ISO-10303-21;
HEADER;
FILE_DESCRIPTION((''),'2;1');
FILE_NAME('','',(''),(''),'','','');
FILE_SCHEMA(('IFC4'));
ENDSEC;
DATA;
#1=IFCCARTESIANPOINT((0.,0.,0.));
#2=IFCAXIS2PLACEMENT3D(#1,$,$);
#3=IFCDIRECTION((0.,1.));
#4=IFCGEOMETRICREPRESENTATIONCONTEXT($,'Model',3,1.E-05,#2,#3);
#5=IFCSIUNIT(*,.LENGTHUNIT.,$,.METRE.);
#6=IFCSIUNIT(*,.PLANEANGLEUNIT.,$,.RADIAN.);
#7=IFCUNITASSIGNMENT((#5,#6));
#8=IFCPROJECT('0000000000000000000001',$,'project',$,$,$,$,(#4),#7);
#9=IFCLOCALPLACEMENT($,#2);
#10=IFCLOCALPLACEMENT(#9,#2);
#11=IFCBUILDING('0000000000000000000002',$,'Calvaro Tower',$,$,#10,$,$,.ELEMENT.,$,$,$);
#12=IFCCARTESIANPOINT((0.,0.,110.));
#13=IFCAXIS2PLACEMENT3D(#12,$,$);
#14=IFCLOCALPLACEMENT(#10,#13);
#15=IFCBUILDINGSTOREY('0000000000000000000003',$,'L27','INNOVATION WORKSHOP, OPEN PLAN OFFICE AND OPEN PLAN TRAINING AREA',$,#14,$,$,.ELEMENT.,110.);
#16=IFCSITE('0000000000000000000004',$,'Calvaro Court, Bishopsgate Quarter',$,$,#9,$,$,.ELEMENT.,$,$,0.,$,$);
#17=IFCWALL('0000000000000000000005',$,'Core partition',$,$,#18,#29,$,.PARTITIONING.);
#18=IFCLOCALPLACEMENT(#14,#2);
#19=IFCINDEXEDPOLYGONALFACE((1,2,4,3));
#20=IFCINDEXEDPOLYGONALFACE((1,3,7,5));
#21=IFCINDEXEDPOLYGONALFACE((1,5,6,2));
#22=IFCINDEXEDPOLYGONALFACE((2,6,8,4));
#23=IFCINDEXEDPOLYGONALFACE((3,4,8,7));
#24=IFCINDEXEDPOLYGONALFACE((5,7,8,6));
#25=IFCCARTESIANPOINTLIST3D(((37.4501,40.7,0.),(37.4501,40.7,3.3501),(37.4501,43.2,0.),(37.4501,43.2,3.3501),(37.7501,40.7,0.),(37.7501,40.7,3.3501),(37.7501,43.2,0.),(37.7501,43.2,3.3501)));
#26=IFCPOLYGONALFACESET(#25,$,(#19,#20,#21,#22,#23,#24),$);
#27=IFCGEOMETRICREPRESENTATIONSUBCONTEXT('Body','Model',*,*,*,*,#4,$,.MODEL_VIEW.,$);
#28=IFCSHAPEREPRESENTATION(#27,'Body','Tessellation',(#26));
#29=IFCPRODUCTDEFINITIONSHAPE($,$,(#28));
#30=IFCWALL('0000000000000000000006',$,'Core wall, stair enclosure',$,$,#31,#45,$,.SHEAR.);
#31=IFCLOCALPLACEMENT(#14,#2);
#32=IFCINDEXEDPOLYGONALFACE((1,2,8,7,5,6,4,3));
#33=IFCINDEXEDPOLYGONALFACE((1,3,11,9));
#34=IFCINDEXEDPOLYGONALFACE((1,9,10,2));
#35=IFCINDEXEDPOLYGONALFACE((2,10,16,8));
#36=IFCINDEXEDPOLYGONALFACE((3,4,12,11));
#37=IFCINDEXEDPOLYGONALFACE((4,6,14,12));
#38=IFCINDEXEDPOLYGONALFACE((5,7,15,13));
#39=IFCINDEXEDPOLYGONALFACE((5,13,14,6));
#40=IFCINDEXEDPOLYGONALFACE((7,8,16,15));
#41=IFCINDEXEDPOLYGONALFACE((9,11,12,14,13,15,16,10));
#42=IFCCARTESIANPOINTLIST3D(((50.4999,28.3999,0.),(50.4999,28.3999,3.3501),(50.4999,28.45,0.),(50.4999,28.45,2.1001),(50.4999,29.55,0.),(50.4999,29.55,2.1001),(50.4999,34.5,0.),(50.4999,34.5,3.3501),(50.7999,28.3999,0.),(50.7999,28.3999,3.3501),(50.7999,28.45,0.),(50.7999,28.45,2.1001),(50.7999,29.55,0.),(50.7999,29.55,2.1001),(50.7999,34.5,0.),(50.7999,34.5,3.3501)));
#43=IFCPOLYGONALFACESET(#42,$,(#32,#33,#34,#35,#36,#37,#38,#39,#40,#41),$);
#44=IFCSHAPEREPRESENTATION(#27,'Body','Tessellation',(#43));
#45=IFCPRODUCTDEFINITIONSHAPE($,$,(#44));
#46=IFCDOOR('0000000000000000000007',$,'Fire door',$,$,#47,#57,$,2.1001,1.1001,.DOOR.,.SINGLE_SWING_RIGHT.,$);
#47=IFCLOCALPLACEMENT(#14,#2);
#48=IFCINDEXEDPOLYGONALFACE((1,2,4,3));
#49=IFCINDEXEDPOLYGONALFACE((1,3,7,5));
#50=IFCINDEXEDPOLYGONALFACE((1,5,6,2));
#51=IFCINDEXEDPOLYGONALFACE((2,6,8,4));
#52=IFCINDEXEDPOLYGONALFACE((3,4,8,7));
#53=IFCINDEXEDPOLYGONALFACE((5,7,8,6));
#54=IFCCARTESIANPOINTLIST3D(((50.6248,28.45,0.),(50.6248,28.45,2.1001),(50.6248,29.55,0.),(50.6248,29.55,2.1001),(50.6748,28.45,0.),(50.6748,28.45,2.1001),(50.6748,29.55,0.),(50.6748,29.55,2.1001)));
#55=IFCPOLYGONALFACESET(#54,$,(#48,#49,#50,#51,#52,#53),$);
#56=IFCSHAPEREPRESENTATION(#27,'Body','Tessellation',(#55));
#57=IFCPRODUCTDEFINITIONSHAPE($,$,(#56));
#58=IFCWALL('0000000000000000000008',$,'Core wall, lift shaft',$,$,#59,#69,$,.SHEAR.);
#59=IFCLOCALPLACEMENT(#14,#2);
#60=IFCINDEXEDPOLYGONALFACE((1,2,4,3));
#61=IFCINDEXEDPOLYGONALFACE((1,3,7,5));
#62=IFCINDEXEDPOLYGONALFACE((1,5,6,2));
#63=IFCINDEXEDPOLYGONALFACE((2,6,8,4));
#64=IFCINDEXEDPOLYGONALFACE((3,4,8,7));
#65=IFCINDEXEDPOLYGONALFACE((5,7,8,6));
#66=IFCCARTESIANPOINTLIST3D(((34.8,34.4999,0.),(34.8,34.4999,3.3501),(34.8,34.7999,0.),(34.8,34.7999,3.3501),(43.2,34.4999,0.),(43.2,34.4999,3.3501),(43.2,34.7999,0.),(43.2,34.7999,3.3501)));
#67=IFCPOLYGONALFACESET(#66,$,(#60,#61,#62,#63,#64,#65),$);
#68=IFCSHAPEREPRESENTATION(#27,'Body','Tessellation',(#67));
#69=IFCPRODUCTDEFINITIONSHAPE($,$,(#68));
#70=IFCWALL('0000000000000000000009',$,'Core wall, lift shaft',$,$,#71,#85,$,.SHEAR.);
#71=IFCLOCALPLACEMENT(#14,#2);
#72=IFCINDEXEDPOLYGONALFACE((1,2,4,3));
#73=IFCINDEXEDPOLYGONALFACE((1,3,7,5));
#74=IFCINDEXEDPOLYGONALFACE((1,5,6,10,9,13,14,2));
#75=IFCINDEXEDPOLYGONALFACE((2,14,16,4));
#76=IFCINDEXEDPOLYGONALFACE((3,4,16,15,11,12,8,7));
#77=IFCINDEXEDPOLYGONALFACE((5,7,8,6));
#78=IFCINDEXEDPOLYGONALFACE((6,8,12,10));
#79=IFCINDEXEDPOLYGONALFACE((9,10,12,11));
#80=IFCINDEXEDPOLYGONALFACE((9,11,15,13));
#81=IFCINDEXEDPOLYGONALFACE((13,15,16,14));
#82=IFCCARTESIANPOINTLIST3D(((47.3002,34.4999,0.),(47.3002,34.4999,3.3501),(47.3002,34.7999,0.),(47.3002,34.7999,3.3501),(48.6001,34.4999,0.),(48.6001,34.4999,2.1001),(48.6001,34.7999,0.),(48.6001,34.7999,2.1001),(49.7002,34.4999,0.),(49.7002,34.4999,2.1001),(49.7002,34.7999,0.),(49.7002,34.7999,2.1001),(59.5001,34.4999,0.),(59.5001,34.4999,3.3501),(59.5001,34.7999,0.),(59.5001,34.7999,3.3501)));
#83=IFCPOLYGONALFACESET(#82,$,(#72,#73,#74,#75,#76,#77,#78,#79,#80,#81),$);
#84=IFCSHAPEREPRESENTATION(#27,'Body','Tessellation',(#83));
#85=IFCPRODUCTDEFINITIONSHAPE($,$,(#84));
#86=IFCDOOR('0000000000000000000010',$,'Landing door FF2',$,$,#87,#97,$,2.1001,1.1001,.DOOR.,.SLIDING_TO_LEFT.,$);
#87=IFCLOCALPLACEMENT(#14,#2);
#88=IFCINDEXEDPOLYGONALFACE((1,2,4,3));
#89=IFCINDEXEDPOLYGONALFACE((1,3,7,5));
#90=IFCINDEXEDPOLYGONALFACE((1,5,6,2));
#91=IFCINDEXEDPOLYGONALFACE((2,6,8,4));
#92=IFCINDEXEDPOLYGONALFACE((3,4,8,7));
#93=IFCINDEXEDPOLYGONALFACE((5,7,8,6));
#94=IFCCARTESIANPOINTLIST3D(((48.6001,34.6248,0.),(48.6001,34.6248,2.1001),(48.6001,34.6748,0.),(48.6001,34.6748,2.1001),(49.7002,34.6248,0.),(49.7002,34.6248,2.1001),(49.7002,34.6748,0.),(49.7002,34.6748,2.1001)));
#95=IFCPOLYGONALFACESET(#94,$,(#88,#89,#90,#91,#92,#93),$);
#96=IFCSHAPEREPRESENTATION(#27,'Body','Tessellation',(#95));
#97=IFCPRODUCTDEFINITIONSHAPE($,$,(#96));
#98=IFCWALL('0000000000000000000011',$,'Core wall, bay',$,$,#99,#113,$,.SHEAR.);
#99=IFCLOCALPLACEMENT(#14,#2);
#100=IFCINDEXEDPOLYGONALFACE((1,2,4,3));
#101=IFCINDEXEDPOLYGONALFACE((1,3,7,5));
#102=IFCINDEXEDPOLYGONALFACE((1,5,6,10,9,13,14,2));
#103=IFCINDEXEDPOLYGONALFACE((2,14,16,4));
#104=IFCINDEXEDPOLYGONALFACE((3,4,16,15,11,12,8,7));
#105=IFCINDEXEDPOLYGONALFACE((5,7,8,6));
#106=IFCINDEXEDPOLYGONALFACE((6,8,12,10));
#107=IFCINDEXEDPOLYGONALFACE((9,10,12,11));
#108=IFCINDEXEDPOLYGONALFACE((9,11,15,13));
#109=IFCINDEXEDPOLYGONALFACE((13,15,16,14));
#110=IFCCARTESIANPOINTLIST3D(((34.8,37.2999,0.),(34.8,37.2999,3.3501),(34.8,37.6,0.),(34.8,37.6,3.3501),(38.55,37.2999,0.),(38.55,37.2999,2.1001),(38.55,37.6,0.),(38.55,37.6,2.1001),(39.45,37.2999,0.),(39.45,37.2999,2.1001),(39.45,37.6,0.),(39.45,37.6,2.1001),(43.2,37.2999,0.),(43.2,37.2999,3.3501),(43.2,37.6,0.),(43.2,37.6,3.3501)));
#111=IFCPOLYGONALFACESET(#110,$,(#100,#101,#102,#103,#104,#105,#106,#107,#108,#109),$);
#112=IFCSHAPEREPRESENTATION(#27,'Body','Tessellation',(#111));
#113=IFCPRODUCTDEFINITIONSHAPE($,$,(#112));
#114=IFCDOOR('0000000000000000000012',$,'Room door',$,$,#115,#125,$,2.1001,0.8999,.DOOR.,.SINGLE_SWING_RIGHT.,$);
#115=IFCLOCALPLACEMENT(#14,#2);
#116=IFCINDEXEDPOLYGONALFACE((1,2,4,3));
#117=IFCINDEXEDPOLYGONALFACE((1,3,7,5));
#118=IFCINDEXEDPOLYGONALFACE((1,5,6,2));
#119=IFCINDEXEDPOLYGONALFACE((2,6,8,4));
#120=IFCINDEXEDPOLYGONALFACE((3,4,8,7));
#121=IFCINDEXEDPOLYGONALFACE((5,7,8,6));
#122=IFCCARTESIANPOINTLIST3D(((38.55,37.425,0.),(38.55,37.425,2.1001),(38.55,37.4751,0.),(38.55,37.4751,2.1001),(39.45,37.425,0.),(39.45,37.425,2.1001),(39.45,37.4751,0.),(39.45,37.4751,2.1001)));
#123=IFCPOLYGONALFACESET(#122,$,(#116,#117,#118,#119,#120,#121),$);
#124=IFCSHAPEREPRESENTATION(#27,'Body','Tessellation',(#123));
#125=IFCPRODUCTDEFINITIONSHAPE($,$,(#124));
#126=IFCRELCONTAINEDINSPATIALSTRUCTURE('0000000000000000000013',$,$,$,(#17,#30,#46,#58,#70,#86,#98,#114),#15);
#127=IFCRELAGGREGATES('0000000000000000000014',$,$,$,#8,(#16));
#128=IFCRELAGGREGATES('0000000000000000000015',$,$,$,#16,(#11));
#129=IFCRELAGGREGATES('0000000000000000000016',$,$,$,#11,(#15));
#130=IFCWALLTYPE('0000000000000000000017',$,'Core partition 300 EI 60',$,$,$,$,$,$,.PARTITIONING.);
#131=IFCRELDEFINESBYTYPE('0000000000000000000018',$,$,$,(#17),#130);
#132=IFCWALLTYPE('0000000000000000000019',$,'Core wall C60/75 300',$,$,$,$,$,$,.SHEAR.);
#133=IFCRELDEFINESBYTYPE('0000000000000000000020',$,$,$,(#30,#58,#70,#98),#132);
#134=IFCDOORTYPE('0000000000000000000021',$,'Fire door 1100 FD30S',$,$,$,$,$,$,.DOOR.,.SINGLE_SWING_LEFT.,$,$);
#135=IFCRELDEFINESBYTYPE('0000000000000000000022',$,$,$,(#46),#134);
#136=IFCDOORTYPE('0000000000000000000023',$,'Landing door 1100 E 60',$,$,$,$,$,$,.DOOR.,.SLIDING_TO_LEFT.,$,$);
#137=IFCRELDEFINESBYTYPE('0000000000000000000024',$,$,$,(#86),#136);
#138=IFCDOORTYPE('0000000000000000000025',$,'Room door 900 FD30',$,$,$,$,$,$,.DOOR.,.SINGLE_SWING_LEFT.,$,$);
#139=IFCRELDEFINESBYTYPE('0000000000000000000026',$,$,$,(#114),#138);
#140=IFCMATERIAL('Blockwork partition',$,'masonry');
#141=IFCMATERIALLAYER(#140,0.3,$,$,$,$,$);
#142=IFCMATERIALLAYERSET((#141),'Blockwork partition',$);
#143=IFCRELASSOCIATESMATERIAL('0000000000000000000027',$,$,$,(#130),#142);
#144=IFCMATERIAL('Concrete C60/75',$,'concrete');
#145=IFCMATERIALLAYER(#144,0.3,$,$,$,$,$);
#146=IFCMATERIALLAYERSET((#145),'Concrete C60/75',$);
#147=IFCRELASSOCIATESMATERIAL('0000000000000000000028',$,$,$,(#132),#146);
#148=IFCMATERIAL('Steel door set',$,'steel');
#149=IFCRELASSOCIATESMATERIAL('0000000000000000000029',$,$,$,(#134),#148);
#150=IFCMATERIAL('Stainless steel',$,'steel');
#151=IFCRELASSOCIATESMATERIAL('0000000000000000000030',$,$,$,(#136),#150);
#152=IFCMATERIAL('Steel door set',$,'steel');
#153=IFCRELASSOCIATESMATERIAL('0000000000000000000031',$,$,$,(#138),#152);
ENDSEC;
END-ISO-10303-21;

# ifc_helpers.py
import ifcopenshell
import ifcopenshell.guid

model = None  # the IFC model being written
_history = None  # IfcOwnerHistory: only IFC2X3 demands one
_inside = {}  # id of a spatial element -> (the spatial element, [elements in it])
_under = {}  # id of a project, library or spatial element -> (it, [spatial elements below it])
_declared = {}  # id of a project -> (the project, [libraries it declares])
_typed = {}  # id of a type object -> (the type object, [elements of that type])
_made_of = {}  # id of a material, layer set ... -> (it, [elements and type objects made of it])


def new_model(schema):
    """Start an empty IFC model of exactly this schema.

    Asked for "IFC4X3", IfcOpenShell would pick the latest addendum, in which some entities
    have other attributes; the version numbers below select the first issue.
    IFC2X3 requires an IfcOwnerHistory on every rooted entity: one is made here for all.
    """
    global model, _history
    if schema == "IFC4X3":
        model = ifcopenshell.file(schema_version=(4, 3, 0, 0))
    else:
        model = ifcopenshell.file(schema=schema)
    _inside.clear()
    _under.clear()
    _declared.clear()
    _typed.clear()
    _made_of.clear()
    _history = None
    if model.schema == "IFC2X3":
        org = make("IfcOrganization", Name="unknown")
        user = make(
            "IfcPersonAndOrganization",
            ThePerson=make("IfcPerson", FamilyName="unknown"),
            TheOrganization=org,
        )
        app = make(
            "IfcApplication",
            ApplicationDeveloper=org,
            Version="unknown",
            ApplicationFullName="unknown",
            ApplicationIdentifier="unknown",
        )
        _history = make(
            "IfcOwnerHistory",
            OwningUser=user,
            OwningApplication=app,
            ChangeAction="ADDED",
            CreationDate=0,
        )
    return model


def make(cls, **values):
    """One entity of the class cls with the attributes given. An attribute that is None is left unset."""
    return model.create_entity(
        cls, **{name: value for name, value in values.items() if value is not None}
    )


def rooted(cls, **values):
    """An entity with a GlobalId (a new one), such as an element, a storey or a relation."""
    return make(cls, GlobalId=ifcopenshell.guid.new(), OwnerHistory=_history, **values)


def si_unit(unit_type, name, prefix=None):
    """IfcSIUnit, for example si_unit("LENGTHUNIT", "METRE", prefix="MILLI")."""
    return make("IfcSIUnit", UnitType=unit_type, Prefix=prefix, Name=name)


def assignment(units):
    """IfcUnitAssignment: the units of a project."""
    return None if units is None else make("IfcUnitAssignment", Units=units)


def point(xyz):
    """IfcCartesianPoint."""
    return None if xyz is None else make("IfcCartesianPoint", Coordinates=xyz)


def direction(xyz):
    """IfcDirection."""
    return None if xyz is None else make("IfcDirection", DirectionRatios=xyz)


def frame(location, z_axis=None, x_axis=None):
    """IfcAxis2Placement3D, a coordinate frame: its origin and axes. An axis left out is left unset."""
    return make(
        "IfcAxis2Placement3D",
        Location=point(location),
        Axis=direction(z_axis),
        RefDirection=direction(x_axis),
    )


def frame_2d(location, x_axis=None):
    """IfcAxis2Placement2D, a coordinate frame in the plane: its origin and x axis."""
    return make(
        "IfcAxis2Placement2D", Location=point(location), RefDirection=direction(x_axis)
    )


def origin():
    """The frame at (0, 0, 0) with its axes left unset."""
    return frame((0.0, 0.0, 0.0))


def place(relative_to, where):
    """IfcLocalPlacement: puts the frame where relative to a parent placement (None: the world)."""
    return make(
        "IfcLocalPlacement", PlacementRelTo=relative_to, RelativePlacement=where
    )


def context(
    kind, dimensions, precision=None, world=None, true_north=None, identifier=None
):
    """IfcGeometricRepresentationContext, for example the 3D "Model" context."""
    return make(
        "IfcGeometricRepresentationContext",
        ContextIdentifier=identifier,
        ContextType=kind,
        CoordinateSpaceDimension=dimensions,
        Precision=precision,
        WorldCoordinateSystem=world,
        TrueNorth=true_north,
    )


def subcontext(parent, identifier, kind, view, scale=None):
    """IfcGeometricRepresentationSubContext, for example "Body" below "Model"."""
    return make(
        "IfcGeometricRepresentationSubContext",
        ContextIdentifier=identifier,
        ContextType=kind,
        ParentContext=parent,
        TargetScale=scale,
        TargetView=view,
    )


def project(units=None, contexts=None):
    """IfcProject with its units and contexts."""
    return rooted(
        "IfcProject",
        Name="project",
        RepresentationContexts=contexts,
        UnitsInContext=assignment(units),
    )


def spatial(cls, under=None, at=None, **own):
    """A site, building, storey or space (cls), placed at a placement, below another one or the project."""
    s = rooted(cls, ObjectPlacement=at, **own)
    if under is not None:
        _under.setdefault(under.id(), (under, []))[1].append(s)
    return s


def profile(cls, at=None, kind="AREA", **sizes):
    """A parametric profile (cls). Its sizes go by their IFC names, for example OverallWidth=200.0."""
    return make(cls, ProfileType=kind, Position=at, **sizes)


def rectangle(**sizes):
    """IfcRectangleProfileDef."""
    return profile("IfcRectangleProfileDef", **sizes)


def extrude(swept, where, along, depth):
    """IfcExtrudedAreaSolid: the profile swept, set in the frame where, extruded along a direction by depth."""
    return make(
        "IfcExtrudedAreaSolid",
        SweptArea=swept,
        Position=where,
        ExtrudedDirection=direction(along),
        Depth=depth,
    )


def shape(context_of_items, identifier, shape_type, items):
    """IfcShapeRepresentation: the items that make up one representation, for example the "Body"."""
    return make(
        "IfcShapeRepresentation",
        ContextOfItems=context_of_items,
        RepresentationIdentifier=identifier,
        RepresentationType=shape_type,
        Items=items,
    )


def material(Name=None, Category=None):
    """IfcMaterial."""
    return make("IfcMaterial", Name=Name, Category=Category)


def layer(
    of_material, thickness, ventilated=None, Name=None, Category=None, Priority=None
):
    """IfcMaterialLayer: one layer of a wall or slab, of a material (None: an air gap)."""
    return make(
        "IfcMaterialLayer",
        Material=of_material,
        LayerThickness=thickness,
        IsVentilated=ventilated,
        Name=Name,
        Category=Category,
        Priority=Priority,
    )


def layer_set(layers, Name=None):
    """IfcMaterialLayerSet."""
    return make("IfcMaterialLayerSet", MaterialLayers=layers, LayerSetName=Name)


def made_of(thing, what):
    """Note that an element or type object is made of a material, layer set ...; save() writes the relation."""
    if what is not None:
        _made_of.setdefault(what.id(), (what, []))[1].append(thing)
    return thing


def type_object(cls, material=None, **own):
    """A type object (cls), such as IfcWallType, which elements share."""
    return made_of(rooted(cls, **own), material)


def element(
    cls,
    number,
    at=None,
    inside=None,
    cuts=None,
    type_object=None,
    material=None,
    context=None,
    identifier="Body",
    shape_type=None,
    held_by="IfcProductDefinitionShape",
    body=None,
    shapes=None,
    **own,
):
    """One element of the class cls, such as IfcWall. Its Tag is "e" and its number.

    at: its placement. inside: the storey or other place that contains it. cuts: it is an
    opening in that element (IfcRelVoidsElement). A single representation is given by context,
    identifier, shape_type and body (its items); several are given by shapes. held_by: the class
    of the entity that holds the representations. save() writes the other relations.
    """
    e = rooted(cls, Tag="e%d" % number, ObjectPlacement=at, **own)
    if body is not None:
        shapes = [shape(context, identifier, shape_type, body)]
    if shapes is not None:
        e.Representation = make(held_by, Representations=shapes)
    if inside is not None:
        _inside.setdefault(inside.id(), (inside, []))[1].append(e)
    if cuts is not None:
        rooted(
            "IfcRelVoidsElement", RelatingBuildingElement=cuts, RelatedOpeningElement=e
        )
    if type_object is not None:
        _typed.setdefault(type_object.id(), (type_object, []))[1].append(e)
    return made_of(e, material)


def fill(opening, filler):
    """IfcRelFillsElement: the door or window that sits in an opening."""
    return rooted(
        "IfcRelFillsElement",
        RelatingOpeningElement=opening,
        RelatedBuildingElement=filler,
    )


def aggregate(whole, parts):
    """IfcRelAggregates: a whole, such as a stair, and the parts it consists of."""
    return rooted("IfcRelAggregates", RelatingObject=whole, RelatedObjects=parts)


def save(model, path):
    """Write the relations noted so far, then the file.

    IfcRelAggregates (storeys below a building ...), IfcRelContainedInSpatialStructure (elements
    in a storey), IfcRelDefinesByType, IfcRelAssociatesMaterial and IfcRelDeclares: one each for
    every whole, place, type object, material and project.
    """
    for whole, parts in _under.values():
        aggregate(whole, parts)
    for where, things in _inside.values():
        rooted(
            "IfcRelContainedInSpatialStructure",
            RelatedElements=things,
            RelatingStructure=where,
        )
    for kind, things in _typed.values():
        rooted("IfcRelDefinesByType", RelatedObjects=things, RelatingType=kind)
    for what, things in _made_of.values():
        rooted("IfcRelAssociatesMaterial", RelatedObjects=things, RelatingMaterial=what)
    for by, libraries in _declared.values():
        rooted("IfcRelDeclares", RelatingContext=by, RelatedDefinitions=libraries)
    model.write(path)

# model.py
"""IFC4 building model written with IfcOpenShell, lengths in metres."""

from ifc_helpers import new_model, si_unit, direction, frame, frame_2d, origin, place, context, subcontext, project, spatial, rectangle, extrude, material, layer, layer_set, type_object, element, fill, save


model = new_model("IFC4")

# Units and contexts
model_context = context("Model", 3, precision=1e-05, world=origin(), true_north=direction((0.0, 1.0)))
body_context = subcontext(model_context, "Body", "Model", "MODEL_VIEW")
ifc_project = project(units=[si_unit("LENGTHUNIT", "METRE"), si_unit("PLANEANGLEUNIT", "RADIAN")], contexts=[model_context])

# Site, building, storey
site_placement = place(None, origin())
site = spatial("IfcSite", under=ifc_project, at=site_placement, Name="Calvaro Court, Bishopsgate Quarter", CompositionType="ELEMENT", RefElevation=0.0)
building_placement = place(site_placement, origin())
building = spatial("IfcBuilding", under=site, at=building_placement, Name="Calvaro Tower", CompositionType="ELEMENT")
storey_placement = place(building_placement, frame((0.0, 0.0, 110.0)))
storey = spatial("IfcBuildingStorey", under=building, at=storey_placement, Name="L27", Description="INNOVATION WORKSHOP, OPEN PLAN OFFICE AND OPEN PLAN TRAINING AREA", CompositionType="ELEMENT", Elevation=110.0)

# Wall
ifc_material_1 = material(Name="Blockwork partition", Category="masonry")
ifc_layer_1 = layer(ifc_material_1, 0.3)
ifc_layer_set_1 = layer_set([ifc_layer_1], Name="Blockwork partition")
wall_type_1 = type_object("IfcWallType", Name="Core partition 300 EI 60", PredefinedType="PARTITIONING", material=ifc_layer_set_1)
wall_1_placement = place(storey_placement, frame((37.6001, 40.7, 0.0), z_axis=(0.0, 0.0, 1.0), x_axis=(0.0, 1.0, 0.0)))
element("IfcWall", 1, at=wall_1_placement, inside=storey, type_object=wall_type_1, Name="Core partition", PredefinedType="PARTITIONING", context=body_context, shape_type="SweptSolid", body=[
    extrude(rectangle(XDim=2.5, YDim=0.3, at=frame_2d((1.25, 0.0))), origin(), (0.0, 0.0, 1.0), 3.3501),
])

# Wall, opening, door
ifc_material_2 = material(Name="Concrete C60/75", Category="concrete")
ifc_layer_2 = layer(ifc_material_2, 0.3)
ifc_layer_set_2 = layer_set([ifc_layer_2], Name="Concrete C60/75")
wall_type_2 = type_object("IfcWallType", Name="Core wall C60/75 300", PredefinedType="SHEAR", material=ifc_layer_set_2)
wall_2_placement = place(storey_placement, frame((50.6499, 34.5, 0.0), z_axis=(0.0, 0.0, 1.0), x_axis=(0.0, -1.0, 0.0)))
wall_2 = element("IfcWall", 2, at=wall_2_placement, inside=storey, type_object=wall_type_2, Name="Core wall, stair enclosure", PredefinedType="SHEAR", context=body_context, shape_type="SweptSolid", body=[
    extrude(rectangle(XDim=6.1001, YDim=0.3, at=frame_2d((3.05, 0.0))), origin(), (0.0, 0.0, 1.0), 3.3501),
])
opening_1_placement = place(wall_2_placement, frame((4.95, 0.0, 0.0)))
opening_1 = element("IfcOpeningElement", 3, at=opening_1_placement, cuts=wall_2, PredefinedType="OPENING", context=body_context, shape_type="SweptSolid", body=[
    extrude(rectangle(XDim=1.1001, YDim=2.1001, at=frame_2d((0.55, 1.05))), frame((0.0, 0.1599, 0.0), z_axis=(0.0, -1.0, 0.0), x_axis=(1.0, 0.0, 0.0)), (0.0, 0.0, 1.0), 0.3201),
])
ifc_material_3 = material(Name="Steel door set", Category="steel")
door_type_1 = type_object("IfcDoorType", Name="Fire door 1100 FD30S", OperationType="SINGLE_SWING_LEFT", PredefinedType="DOOR", material=ifc_material_3)
door_1_placement = place(opening_1_placement, origin())
door_1 = element("IfcDoor", 4, at=door_1_placement, inside=storey, type_object=door_type_1, Name="Fire door", OperationType="SINGLE_SWING_RIGHT", OverallHeight=2.1001, OverallWidth=1.1001, PredefinedType="DOOR", context=body_context, shape_type="SweptSolid", body=[
    extrude(rectangle(XDim=1.1001, YDim=2.1001, at=frame_2d((0.55, 1.05))), frame((0.0, 0.0249, 0.0), z_axis=(0.0, -1.0, 0.0), x_axis=(1.0, 0.0, 0.0)), (0.0, 0.0, 1.0), 0.05),
])
fill(opening_1, door_1)

# Wall
wall_3_placement = place(storey_placement, frame((34.8, 34.6499, 0.0), z_axis=(0.0, 0.0, 1.0), x_axis=(1.0, 0.0, 0.0)))
element("IfcWall", 5, at=wall_3_placement, inside=storey, type_object=wall_type_2, Name="Core wall, lift shaft", PredefinedType="SHEAR", context=body_context, shape_type="SweptSolid", body=[
    extrude(rectangle(XDim=8.3999, YDim=0.3, at=frame_2d((4.2, 0.0))), origin(), (0.0, 0.0, 1.0), 3.3501),
])

# Walls, openings, doors
wall_4_placement = place(storey_placement, frame((47.3, 34.6499, 0.0), z_axis=(0.0, 0.0, 1.0), x_axis=(1.0, 0.0, 0.0)))
wall_4 = element("IfcWall", 6, at=wall_4_placement, inside=storey, type_object=wall_type_2, Name="Core wall, lift shaft", PredefinedType="SHEAR", context=body_context, shape_type="SweptSolid", body=[
    extrude(rectangle(XDim=12.2, YDim=0.3, at=frame_2d((6.1001, 0.0))), origin(), (0.0, 0.0, 1.0), 3.3501),
])
opening_2_placement = place(wall_4_placement, frame((1.3, 0.0, 0.0)))
opening_2 = element("IfcOpeningElement", 7, at=opening_2_placement, cuts=wall_4, PredefinedType="OPENING", context=body_context, shape_type="SweptSolid", body=[
    extrude(rectangle(XDim=1.1001, YDim=2.1001, at=frame_2d((0.55, 1.05))), frame((0.0, 0.1599, 0.0), z_axis=(0.0, -1.0, 0.0), x_axis=(1.0, 0.0, 0.0)), (0.0, 0.0, 1.0), 0.3201),
])
ifc_material_4 = material(Name="Stainless steel", Category="steel")
door_type_2 = type_object("IfcDoorType", Name="Landing door 1100 E 60", OperationType="SLIDING_TO_LEFT", PredefinedType="DOOR", material=ifc_material_4)
door_2_placement = place(opening_2_placement, origin())
door_2 = element("IfcDoor", 8, at=door_2_placement, inside=storey, type_object=door_type_2, Name="Landing door FF2", OperationType="SLIDING_TO_LEFT", OverallHeight=2.1001, OverallWidth=1.1001, PredefinedType="DOOR", context=body_context, shape_type="SweptSolid", body=[
    extrude(rectangle(XDim=1.1001, YDim=2.1001, at=frame_2d((0.55, 1.05))), frame((0.0, 0.0249, 0.0), z_axis=(0.0, -1.0, 0.0), x_axis=(1.0, 0.0, 0.0)), (0.0, 0.0, 1.0), 0.05),
])
fill(opening_2, door_2)
wall_5_placement = place(storey_placement, frame((43.2, 37.45, 0.0), z_axis=(0.0, 0.0, 1.0), x_axis=(-1.0, 0.0, 0.0)))
wall_5 = element("IfcWall", 9, at=wall_5_placement, inside=storey, type_object=wall_type_2, Name="Core wall, bay", PredefinedType="SHEAR", context=body_context, shape_type="SweptSolid", body=[
    extrude(rectangle(XDim=8.3999, YDim=0.3, at=frame_2d((4.2, 0.0))), origin(), (0.0, 0.0, 1.0), 3.3501),
])
opening_3_placement = place(wall_5_placement, frame((3.75, 0.0, 0.0)))
opening_3 = element("IfcOpeningElement", 10, at=opening_3_placement, cuts=wall_5, PredefinedType="OPENING", context=body_context, shape_type="SweptSolid", body=[
    extrude(rectangle(XDim=0.8999, YDim=2.1001, at=frame_2d((0.45, 1.05))), frame((0.0, 0.1599, 0.0), z_axis=(0.0, -1.0, 0.0), x_axis=(1.0, 0.0, 0.0)), (0.0, 0.0, 1.0), 0.3201),
])
ifc_material_5 = material(Name="Steel door set", Category="steel")
door_type_3 = type_object("IfcDoorType", Name="Room door 900 FD30", OperationType="SINGLE_SWING_LEFT", PredefinedType="DOOR", material=ifc_material_5)
door_3_placement = place(opening_3_placement, origin())
door_3 = element("IfcDoor", 11, at=door_3_placement, inside=storey, type_object=door_type_3, Name="Room door", OperationType="SINGLE_SWING_RIGHT", OverallHeight=2.1001, OverallWidth=0.8999, PredefinedType="DOOR", context=body_context, shape_type="SweptSolid", body=[
    extrude(rectangle(XDim=0.8999, YDim=2.1001, at=frame_2d((0.45, 1.05))), frame((0.0, 0.0249, 0.0), z_axis=(0.0, -1.0, 0.0), x_axis=(1.0, 0.0, 0.0)), (0.0, 0.0, 1.0), 0.05),
])
fill(opening_3, door_3)

save(model, "model.ifc")
